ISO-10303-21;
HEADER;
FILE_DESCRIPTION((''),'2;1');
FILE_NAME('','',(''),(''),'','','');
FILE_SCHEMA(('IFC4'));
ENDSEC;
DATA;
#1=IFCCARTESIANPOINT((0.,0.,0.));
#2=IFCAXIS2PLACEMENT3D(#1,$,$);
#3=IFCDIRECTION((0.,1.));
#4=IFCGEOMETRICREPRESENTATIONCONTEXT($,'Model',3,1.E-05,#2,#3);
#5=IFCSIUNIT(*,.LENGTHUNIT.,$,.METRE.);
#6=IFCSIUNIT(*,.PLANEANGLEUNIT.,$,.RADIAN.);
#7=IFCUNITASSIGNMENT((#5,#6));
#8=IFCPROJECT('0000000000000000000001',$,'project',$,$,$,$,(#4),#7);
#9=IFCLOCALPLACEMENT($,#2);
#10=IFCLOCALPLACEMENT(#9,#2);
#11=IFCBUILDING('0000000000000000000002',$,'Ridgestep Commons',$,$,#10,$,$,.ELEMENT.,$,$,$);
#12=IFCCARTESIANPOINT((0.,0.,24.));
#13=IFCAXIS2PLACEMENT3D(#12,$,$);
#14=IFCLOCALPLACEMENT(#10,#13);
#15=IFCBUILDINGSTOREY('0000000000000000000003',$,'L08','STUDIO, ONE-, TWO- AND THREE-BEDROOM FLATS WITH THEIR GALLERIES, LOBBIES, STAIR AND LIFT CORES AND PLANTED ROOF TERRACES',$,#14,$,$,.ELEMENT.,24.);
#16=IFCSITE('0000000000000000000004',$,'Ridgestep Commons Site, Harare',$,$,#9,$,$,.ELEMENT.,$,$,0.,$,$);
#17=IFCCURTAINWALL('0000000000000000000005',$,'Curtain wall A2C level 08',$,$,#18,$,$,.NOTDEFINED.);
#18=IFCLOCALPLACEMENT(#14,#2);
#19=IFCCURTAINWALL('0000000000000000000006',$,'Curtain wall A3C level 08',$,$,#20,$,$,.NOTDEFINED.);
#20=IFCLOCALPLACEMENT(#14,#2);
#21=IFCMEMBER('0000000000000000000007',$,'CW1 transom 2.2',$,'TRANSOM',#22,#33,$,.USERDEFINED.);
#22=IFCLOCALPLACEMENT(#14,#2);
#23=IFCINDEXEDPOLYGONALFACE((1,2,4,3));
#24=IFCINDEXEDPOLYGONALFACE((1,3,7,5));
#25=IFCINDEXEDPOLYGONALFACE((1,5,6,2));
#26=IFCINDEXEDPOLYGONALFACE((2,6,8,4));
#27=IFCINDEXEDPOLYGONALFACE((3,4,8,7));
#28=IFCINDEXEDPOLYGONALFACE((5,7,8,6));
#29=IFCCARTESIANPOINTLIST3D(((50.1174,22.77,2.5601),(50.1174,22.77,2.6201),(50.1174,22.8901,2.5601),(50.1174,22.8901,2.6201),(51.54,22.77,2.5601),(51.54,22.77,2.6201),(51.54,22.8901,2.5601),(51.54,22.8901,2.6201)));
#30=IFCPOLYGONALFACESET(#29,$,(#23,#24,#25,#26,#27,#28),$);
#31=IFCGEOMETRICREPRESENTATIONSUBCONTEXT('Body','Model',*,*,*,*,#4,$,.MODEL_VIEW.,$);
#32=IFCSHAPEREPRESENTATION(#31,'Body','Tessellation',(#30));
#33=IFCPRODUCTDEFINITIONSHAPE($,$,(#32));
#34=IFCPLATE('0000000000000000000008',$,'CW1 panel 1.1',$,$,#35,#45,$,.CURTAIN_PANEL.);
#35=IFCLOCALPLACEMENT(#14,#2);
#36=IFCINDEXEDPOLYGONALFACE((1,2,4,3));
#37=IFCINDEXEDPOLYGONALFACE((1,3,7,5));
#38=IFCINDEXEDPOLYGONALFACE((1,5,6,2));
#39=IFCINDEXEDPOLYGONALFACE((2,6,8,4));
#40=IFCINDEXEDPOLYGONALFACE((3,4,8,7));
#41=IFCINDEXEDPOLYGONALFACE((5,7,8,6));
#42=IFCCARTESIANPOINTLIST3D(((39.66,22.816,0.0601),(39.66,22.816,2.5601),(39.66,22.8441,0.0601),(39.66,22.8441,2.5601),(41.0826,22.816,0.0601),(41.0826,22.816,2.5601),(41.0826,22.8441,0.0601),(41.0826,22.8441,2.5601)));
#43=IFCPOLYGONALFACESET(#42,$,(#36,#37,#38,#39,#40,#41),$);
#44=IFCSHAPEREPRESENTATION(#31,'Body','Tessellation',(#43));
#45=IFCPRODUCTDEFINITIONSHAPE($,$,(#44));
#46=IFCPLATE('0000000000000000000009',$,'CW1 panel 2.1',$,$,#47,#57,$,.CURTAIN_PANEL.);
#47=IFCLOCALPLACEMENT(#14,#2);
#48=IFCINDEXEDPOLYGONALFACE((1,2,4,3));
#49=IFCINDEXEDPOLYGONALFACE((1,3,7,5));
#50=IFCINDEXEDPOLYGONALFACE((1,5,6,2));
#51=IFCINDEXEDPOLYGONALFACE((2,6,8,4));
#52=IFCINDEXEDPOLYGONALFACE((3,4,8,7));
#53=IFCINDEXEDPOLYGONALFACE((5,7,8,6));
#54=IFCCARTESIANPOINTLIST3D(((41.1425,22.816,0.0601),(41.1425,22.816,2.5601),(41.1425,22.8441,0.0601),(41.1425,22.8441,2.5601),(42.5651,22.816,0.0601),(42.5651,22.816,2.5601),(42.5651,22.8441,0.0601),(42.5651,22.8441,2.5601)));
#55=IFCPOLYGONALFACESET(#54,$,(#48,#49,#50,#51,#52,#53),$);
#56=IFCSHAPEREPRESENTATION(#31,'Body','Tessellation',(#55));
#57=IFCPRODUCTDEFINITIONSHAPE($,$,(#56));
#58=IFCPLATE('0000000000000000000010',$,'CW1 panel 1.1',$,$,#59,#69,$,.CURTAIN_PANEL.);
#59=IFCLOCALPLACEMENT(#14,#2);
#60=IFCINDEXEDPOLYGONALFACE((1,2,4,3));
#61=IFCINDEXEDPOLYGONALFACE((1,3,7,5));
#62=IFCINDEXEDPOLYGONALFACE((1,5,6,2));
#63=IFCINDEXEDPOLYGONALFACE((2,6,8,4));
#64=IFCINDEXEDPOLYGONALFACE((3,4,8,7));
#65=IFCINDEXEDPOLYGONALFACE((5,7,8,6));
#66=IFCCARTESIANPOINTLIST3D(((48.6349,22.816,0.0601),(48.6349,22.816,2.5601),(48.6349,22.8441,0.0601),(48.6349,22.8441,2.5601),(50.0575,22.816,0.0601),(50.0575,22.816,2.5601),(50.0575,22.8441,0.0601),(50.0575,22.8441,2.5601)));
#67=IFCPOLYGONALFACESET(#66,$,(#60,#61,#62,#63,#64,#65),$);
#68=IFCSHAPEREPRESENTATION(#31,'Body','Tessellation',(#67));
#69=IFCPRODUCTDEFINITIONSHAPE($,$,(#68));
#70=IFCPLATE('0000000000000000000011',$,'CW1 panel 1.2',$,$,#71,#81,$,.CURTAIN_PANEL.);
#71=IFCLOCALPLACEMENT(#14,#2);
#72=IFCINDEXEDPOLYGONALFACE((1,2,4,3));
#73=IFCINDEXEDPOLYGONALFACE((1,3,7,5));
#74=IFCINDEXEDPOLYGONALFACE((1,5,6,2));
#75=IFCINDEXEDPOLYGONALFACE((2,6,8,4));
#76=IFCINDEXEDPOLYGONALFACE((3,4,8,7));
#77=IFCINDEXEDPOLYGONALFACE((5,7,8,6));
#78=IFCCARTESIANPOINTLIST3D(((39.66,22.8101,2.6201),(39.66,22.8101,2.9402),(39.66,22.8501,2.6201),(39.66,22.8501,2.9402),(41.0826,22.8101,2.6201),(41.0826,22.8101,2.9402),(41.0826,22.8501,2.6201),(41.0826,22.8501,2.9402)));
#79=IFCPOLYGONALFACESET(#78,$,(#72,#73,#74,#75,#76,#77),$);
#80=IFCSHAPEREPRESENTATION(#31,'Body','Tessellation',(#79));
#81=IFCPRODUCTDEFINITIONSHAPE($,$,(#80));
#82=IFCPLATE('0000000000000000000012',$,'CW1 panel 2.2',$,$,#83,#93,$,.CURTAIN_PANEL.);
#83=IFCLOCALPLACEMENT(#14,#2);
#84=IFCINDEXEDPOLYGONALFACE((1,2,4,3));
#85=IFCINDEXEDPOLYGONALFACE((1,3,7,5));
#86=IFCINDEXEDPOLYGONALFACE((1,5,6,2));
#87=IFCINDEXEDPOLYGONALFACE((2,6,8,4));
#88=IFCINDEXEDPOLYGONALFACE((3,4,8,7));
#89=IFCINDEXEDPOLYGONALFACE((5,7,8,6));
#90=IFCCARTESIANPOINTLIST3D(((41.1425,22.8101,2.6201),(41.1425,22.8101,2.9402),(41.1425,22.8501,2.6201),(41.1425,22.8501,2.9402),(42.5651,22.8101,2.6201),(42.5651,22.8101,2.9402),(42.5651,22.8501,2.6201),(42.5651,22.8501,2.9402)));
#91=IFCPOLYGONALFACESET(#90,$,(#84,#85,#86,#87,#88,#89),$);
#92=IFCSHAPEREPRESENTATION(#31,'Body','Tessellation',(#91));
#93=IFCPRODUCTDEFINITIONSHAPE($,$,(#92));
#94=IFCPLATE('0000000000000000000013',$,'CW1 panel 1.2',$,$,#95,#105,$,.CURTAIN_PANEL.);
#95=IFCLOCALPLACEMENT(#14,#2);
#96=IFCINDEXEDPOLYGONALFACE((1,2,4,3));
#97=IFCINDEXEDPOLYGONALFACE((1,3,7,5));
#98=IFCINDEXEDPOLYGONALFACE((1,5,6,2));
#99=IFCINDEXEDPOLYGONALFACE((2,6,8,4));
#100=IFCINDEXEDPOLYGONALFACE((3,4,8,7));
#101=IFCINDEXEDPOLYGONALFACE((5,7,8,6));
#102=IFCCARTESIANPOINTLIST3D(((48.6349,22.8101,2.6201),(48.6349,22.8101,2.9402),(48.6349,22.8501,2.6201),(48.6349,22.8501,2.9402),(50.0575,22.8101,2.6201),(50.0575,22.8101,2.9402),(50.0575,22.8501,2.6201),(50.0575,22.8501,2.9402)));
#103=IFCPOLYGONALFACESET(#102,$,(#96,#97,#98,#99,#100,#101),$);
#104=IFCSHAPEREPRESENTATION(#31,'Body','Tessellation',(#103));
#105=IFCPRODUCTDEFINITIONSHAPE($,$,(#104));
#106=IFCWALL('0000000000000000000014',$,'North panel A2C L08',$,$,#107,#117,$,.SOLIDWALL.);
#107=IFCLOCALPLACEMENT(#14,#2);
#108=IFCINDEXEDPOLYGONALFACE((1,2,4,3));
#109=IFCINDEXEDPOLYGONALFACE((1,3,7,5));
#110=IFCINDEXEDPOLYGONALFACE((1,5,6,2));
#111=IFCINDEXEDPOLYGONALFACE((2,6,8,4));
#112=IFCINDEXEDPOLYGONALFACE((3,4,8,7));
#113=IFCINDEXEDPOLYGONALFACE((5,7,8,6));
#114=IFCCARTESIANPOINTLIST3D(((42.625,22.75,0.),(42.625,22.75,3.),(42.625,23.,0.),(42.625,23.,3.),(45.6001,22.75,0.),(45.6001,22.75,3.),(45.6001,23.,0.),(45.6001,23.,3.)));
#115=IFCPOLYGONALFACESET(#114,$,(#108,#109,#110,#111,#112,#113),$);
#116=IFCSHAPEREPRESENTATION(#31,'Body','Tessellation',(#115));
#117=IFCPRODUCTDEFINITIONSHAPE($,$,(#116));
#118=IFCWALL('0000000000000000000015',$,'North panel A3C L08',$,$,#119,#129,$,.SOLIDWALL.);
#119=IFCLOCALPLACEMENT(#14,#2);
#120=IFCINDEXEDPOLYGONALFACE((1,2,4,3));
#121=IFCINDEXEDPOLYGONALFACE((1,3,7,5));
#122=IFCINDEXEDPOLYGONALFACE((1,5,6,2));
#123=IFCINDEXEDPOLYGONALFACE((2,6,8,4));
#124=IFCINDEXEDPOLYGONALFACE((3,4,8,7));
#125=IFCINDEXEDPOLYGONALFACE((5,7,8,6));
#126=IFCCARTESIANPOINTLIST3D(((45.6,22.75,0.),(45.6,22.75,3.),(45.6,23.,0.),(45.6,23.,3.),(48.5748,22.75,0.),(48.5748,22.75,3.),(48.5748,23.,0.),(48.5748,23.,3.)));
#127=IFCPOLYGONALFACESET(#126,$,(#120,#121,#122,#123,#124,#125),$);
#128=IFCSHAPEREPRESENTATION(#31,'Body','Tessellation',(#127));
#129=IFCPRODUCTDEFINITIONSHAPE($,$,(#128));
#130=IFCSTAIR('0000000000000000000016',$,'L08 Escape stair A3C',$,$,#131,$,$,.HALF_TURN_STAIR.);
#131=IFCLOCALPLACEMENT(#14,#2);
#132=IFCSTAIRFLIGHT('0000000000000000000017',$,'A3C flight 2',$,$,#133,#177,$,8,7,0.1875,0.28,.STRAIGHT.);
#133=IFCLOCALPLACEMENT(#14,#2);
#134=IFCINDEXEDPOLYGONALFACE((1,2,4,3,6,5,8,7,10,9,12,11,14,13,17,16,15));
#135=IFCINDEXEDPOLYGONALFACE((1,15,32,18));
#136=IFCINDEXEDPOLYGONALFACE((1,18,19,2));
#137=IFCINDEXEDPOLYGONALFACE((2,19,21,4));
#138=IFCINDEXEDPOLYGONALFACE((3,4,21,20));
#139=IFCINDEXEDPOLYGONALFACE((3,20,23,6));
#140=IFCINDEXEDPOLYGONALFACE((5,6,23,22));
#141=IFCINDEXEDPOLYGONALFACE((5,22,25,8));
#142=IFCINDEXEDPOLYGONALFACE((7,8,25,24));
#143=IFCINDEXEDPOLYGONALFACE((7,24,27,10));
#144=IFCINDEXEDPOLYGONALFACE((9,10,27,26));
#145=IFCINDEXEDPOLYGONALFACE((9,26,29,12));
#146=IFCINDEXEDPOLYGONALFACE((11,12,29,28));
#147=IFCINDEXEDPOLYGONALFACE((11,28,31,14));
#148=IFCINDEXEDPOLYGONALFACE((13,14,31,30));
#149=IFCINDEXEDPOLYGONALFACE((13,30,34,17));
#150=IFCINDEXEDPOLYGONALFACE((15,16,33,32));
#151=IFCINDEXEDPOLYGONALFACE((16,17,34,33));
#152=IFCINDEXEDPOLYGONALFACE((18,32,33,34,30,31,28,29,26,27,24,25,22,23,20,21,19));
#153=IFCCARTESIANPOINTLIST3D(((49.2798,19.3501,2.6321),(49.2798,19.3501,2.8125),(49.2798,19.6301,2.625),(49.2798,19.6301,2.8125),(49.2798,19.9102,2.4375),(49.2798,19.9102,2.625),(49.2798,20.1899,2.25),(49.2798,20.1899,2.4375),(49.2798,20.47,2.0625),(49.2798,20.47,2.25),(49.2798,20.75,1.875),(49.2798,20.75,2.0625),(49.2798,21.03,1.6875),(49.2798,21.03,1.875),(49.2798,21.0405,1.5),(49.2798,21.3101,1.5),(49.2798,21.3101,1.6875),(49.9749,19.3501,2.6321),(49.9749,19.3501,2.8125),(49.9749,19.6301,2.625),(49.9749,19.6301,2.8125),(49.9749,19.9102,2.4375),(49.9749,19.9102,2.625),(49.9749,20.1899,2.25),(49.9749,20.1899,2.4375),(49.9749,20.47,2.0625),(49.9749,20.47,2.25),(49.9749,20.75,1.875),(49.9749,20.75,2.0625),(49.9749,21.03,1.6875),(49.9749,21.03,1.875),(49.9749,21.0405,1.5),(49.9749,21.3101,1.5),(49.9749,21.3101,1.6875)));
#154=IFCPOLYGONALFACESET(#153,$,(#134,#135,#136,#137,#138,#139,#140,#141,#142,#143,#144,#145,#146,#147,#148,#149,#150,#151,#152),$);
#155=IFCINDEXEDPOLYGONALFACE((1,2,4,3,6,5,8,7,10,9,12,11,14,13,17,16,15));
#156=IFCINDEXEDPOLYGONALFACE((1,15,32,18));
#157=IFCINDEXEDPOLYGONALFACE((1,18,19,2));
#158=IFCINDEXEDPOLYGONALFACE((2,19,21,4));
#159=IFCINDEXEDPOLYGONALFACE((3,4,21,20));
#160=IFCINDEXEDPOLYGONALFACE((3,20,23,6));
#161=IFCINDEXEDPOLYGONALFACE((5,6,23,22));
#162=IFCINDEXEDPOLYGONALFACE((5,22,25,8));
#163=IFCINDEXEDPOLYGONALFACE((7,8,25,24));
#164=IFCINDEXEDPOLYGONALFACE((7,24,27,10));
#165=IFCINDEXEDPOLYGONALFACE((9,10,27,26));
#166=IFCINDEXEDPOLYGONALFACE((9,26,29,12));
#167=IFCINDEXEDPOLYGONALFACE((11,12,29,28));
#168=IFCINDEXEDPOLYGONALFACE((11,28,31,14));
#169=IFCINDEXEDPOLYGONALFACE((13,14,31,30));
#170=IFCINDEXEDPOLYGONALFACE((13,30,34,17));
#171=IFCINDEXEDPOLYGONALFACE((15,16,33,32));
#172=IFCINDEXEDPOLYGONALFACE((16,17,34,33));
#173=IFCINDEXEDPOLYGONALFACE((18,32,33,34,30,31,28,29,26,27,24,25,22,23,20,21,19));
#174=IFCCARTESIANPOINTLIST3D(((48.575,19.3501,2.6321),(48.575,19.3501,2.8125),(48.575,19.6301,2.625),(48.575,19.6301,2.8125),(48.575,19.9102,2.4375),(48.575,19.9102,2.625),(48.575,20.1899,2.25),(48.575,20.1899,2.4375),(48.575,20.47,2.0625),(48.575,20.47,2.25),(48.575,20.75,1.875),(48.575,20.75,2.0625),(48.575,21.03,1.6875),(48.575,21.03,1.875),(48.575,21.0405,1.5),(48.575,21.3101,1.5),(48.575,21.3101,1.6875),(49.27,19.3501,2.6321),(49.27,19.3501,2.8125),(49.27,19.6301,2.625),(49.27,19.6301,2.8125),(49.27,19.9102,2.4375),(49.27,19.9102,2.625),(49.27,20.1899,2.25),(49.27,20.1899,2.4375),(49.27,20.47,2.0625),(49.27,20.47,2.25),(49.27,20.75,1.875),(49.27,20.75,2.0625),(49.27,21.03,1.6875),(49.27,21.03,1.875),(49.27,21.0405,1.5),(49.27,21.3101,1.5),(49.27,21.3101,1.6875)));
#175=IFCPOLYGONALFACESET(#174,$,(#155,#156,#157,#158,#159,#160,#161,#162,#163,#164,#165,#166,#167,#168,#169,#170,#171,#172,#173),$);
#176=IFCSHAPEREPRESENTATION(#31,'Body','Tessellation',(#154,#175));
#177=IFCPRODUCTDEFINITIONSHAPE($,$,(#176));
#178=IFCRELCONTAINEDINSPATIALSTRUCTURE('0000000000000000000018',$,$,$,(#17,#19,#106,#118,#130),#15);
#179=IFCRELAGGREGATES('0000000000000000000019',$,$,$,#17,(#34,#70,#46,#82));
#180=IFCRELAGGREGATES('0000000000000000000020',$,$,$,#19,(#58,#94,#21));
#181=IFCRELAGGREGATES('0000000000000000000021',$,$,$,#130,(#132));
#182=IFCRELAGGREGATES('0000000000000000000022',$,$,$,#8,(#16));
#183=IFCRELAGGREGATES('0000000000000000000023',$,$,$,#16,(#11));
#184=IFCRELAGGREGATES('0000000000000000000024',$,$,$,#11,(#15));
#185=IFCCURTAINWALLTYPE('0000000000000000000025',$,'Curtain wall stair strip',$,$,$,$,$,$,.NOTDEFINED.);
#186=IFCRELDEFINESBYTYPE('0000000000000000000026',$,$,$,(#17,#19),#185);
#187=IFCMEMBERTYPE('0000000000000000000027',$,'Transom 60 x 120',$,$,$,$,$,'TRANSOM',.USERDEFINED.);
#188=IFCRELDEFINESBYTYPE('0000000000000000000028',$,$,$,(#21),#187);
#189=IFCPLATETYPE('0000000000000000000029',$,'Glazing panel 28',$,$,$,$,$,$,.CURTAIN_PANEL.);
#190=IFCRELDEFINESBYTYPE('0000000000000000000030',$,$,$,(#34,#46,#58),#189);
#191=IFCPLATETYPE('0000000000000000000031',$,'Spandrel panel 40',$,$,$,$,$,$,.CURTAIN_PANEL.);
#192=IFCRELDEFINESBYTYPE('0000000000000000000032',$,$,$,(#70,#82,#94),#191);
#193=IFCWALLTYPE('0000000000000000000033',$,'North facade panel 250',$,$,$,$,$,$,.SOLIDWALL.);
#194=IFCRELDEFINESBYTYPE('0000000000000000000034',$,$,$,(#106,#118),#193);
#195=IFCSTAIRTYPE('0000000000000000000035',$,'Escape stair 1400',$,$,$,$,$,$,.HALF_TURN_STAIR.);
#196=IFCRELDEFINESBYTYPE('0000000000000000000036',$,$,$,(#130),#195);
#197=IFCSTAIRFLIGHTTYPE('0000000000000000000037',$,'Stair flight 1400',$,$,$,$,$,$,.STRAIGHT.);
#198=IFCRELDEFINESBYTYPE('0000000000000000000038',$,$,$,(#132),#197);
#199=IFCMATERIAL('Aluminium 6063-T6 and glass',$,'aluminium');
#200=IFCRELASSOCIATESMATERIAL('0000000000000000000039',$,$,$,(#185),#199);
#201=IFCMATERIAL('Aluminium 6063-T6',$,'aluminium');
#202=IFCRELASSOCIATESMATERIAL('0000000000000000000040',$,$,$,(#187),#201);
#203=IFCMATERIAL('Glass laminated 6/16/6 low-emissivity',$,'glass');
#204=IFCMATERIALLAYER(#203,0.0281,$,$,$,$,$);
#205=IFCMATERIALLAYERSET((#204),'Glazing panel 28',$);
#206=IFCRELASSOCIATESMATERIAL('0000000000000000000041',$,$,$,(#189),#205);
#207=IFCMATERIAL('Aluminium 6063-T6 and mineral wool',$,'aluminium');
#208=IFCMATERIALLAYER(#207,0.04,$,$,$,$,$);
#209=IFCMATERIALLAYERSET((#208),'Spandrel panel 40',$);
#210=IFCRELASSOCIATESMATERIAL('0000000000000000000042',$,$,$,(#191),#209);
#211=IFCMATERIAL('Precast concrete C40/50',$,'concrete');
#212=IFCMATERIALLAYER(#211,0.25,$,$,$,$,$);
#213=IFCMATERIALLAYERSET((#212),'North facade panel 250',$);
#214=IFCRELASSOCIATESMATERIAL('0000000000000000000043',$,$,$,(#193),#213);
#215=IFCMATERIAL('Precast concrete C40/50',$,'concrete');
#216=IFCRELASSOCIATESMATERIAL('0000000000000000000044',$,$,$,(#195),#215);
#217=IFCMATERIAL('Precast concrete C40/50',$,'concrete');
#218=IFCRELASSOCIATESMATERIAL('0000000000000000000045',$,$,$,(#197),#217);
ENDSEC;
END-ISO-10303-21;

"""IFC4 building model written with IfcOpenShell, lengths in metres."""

from ifc_helpers import new_model, si_unit, direction, frame, frame_2d, origin, origin_2d, place, context, subcontext, project, spatial, polyline, rectangle, outline, extrude, material, layer, layer_set, material_profile, profile_set, type_object, element, aggregate, save


model = new_model("IFC4")

# Units and contexts
model_context = context("Model", 3, precision=1e-05, world=origin(), true_north=direction((0.0, 1.0)))
body_context = subcontext(model_context, "Body", "Model", "MODEL_VIEW")
ifc_project = project(units=[si_unit("LENGTHUNIT", "METRE"), si_unit("PLANEANGLEUNIT", "RADIAN")], contexts=[model_context])

# Site, building, storey
site_placement = place(None, origin())
site = spatial("IfcSite", under=ifc_project, at=site_placement, Name="Ridgestep Commons Site, Harare", CompositionType="ELEMENT", RefElevation=0.0)
building_placement = place(site_placement, origin())
building = spatial("IfcBuilding", under=site, at=building_placement, Name="Ridgestep Commons", CompositionType="ELEMENT")
storey_placement = place(building_placement, frame((0.0, 0.0, 24.0)))
storey = spatial("IfcBuildingStorey", under=building, at=storey_placement, Name="L08", Description="STUDIO, ONE-, TWO- AND THREE-BEDROOM FLATS WITH THEIR GALLERIES, LOBBIES, STAIR AND LIFT CORES AND PLANTED ROOF TERRACES", CompositionType="ELEMENT", Elevation=24.0)

# Curtain walls
ifc_material_1 = material(Name="Aluminium 6063-T6 and glass", Category="aluminium")
curtain_wall_type = type_object("IfcCurtainWallType", Name="Curtain wall stair strip", PredefinedType="NOTDEFINED", material=ifc_material_1)
curtain_wall_1_placement = place(storey_placement, origin())
curtain_wall_1 = element("IfcCurtainWall", 1, at=curtain_wall_1_placement, inside=storey, type_object=curtain_wall_type, Name="Curtain wall A2C level 08", PredefinedType="NOTDEFINED")
curtain_wall_2_placement = place(storey_placement, origin())
curtain_wall_2 = element("IfcCurtainWall", 2, at=curtain_wall_2_placement, inside=storey, type_object=curtain_wall_type, Name="Curtain wall A3C level 08", PredefinedType="NOTDEFINED")

# Member
ifc_material_2 = material(Name="Aluminium 6063-T6", Category="aluminium")
ifc_material_profile_1 = material_profile(ifc_material_2, rectangle(XDim=0.1201, YDim=0.0601, at=origin_2d()), Name="Transom 60 x 120")
ifc_profile_set_1 = profile_set([ifc_material_profile_1], Name="Aluminium 6063-T6")
member_type_1 = type_object("IfcMemberType", Name="Transom 60 x 120", ElementType="TRANSOM", PredefinedType="USERDEFINED", material=ifc_profile_set_1)
member_1_placement = place(storey_placement, frame((50.1174, 22.8301, 2.5901), z_axis=(1.0, 0.0, 0.0), x_axis=(0.0, 1.0, 0.0)))
member_1 = element("IfcMember", 3, at=member_1_placement, type_object=member_type_1, Name="CW1 transom 2.2", ObjectType="TRANSOM", PredefinedType="USERDEFINED", context=body_context, shape_type="SweptSolid", body=[
    extrude(rectangle(XDim=0.1201, YDim=0.0601, at=origin_2d()), origin(), (0.0, 0.0, 1.0), 1.4226),
])

# Plates
ifc_material_3 = material(Name="Glass laminated 6/16/6 low-emissivity", Category="glass")
ifc_layer_1 = layer(ifc_material_3, 0.0281)
ifc_layer_set_1 = layer_set([ifc_layer_1], Name="Glazing panel 28")
plate_type_1 = type_object("IfcPlateType", Name="Glazing panel 28", PredefinedType="CURTAIN_PANEL", material=ifc_layer_set_1)
plate_1_placement = place(storey_placement, frame((40.3713, 22.8301, 0.0601), z_axis=(0.0, 0.0, 1.0), x_axis=(1.0, 0.0, 0.0)))
plate_1 = element("IfcPlate", 4, at=plate_1_placement, type_object=plate_type_1, Name="CW1 panel 1.1", PredefinedType="CURTAIN_PANEL", context=body_context, shape_type="SweptSolid", body=[
    extrude(rectangle(XDim=1.4226, YDim=0.0281, at=origin_2d()), origin(), (0.0, 0.0, 1.0), 2.5),
])
plate_2_placement = place(storey_placement, frame((41.8538, 22.8301, 0.0601), z_axis=(0.0, 0.0, 1.0), x_axis=(1.0, 0.0, 0.0)))
plate_2 = element("IfcPlate", 5, at=plate_2_placement, type_object=plate_type_1, Name="CW1 panel 2.1", PredefinedType="CURTAIN_PANEL", context=body_context, shape_type="SweptSolid", body=[
    extrude(rectangle(XDim=1.4226, YDim=0.0281, at=origin_2d()), origin(), (0.0, 0.0, 1.0), 2.5),
])
plate_3_placement = place(storey_placement, frame((49.3462, 22.8301, 0.0601), z_axis=(0.0, 0.0, 1.0), x_axis=(1.0, 0.0, 0.0)))
plate_3 = element("IfcPlate", 6, at=plate_3_placement, type_object=plate_type_1, Name="CW1 panel 1.1", PredefinedType="CURTAIN_PANEL", context=body_context, shape_type="SweptSolid", body=[
    extrude(rectangle(XDim=1.4226, YDim=0.0281, at=origin_2d()), origin(), (0.0, 0.0, 1.0), 2.5),
])
ifc_material_4 = material(Name="Aluminium 6063-T6 and mineral wool", Category="aluminium")
ifc_layer_2 = layer(ifc_material_4, 0.04)
ifc_layer_set_2 = layer_set([ifc_layer_2], Name="Spandrel panel 40")
plate_type_2 = type_object("IfcPlateType", Name="Spandrel panel 40", PredefinedType="CURTAIN_PANEL", material=ifc_layer_set_2)
plate_4_placement = place(storey_placement, frame((40.3713, 22.8301, 2.6201), z_axis=(0.0, 0.0, 1.0), x_axis=(1.0, 0.0, 0.0)))
plate_4 = element("IfcPlate", 7, at=plate_4_placement, type_object=plate_type_2, Name="CW1 panel 1.2", PredefinedType="CURTAIN_PANEL", context=body_context, shape_type="SweptSolid", body=[
    extrude(rectangle(XDim=1.4226, YDim=0.04, at=origin_2d()), origin(), (0.0, 0.0, 1.0), 0.3201),
])
plate_5_placement = place(storey_placement, frame((41.8538, 22.8301, 2.6201), z_axis=(0.0, 0.0, 1.0), x_axis=(1.0, 0.0, 0.0)))
plate_5 = element("IfcPlate", 8, at=plate_5_placement, type_object=plate_type_2, Name="CW1 panel 2.2", PredefinedType="CURTAIN_PANEL", context=body_context, shape_type="SweptSolid", body=[
    extrude(rectangle(XDim=1.4226, YDim=0.04, at=origin_2d()), origin(), (0.0, 0.0, 1.0), 0.3201),
])
aggregate(curtain_wall_1, [plate_1, plate_4, plate_2, plate_5])
plate_6_placement = place(storey_placement, frame((49.3462, 22.8301, 2.6201), z_axis=(0.0, 0.0, 1.0), x_axis=(1.0, 0.0, 0.0)))
plate_6 = element("IfcPlate", 9, at=plate_6_placement, type_object=plate_type_2, Name="CW1 panel 1.2", PredefinedType="CURTAIN_PANEL", context=body_context, shape_type="SweptSolid", body=[
    extrude(rectangle(XDim=1.4226, YDim=0.04, at=origin_2d()), origin(), (0.0, 0.0, 1.0), 0.3201),
])
aggregate(curtain_wall_2, [plate_3, plate_6, member_1])

# Walls
ifc_material_5 = material(Name="Precast concrete C40/50", Category="concrete")
ifc_layer_3 = layer(ifc_material_5, 0.25)
ifc_layer_set_3 = layer_set([ifc_layer_3], Name="North facade panel 250")
wall_type = type_object("IfcWallType", Name="North facade panel 250", PredefinedType="SOLIDWALL", material=ifc_layer_set_3)
wall_1_placement = place(storey_placement, frame((42.625, 22.875, 0.0), z_axis=(0.0, 0.0, 1.0), x_axis=(1.0, 0.0, 0.0)))
element("IfcWall", 10, at=wall_1_placement, inside=storey, type_object=wall_type, Name="North panel A2C L08", PredefinedType="SOLIDWALL", context=body_context, shape_type="SweptSolid", body=[
    extrude(rectangle(XDim=2.9751, YDim=0.25, at=frame_2d((1.4875, 0.0))), origin(), (0.0, 0.0, 1.0), 3.0),
])
wall_2_placement = place(storey_placement, frame((45.6001, 22.875, 0.0), z_axis=(0.0, 0.0, 1.0), x_axis=(1.0, 0.0, 0.0)))
element("IfcWall", 11, at=wall_2_placement, inside=storey, type_object=wall_type, Name="North panel A3C L08", PredefinedType="SOLIDWALL", context=body_context, shape_type="SweptSolid", body=[
    extrude(rectangle(XDim=2.9749, YDim=0.25, at=frame_2d((1.4873, 0.0))), origin(), (0.0, 0.0, 1.0), 3.0),
])

# Stair, stair flight
ifc_material_6 = material(Name="Precast concrete C40/50", Category="concrete")
stair_type = type_object("IfcStairType", Name="Escape stair 1400", PredefinedType="HALF_TURN_STAIR", material=ifc_material_6)
stair_placement = place(storey_placement, origin())
stair = element("IfcStair", 12, at=stair_placement, inside=storey, type_object=stair_type, Name="L08 Escape stair A3C", PredefinedType="HALF_TURN_STAIR")
ifc_material_7 = material(Name="Precast concrete C40/50", Category="concrete")
stair_flight_type = type_object("IfcStairFlightType", Name="Stair flight 1400", PredefinedType="STRAIGHT", material=ifc_material_7)
stair_flight_placement = place(storey_placement, frame((49.2749, 21.3101, 1.5), z_axis=(0.0, 0.0, 1.0), x_axis=(0.0, -1.0, 0.0)))
stair_flight = element("IfcStairFlight", 13, at=stair_flight_placement, type_object=stair_flight_type, Name="A3C flight 2", NumberOfRisers=8, NumberOfTreads=7, PredefinedType="STRAIGHT", RiserHeight=0.1875, TreadLength=0.28, context=body_context, shape_type="SweptSolid", body=[
    extrude(outline(polyline([(0.0, 0.0), (0.0, 0.1875), (0.28, 0.1875), (0.28, 0.375), (0.5601, 0.375), (0.5601, 0.5625), (0.8401, 0.5625), (0.8401, 0.75), (1.1201, 0.75), (1.1201, 0.9375), (1.3999, 0.9375), (1.3999, 1.125), (1.6799, 1.125), (1.6799, 1.3125), (1.96, 1.3125), (1.96, 1.5), (1.96, 1.1321), (0.2695, 0.0), (0.0, 0.0)])), frame((0.0, 0.7, 0.0), z_axis=(0.0, -1.0, 0.0), x_axis=(1.0, 0.0, 0.0)), (0.0, 0.0, 1.0), 0.6951),
    extrude(outline(polyline([(0.0, 0.0), (0.0, 0.1875), (0.28, 0.1875), (0.28, 0.375), (0.5601, 0.375), (0.5601, 0.5625), (0.8401, 0.5625), (0.8401, 0.75), (1.1201, 0.75), (1.1201, 0.9375), (1.3999, 0.9375), (1.3999, 1.125), (1.6799, 1.125), (1.6799, 1.3125), (1.96, 1.3125), (1.96, 1.5), (1.96, 1.1321), (0.2695, 0.0), (0.0, 0.0)])), frame((0.0, -0.0049, 0.0), z_axis=(0.0, -1.0, 0.0), x_axis=(1.0, 0.0, 0.0)), (0.0, 0.0, 1.0), 0.6951),
])
aggregate(stair, [stair_flight])

save(model, "model.ifc")
